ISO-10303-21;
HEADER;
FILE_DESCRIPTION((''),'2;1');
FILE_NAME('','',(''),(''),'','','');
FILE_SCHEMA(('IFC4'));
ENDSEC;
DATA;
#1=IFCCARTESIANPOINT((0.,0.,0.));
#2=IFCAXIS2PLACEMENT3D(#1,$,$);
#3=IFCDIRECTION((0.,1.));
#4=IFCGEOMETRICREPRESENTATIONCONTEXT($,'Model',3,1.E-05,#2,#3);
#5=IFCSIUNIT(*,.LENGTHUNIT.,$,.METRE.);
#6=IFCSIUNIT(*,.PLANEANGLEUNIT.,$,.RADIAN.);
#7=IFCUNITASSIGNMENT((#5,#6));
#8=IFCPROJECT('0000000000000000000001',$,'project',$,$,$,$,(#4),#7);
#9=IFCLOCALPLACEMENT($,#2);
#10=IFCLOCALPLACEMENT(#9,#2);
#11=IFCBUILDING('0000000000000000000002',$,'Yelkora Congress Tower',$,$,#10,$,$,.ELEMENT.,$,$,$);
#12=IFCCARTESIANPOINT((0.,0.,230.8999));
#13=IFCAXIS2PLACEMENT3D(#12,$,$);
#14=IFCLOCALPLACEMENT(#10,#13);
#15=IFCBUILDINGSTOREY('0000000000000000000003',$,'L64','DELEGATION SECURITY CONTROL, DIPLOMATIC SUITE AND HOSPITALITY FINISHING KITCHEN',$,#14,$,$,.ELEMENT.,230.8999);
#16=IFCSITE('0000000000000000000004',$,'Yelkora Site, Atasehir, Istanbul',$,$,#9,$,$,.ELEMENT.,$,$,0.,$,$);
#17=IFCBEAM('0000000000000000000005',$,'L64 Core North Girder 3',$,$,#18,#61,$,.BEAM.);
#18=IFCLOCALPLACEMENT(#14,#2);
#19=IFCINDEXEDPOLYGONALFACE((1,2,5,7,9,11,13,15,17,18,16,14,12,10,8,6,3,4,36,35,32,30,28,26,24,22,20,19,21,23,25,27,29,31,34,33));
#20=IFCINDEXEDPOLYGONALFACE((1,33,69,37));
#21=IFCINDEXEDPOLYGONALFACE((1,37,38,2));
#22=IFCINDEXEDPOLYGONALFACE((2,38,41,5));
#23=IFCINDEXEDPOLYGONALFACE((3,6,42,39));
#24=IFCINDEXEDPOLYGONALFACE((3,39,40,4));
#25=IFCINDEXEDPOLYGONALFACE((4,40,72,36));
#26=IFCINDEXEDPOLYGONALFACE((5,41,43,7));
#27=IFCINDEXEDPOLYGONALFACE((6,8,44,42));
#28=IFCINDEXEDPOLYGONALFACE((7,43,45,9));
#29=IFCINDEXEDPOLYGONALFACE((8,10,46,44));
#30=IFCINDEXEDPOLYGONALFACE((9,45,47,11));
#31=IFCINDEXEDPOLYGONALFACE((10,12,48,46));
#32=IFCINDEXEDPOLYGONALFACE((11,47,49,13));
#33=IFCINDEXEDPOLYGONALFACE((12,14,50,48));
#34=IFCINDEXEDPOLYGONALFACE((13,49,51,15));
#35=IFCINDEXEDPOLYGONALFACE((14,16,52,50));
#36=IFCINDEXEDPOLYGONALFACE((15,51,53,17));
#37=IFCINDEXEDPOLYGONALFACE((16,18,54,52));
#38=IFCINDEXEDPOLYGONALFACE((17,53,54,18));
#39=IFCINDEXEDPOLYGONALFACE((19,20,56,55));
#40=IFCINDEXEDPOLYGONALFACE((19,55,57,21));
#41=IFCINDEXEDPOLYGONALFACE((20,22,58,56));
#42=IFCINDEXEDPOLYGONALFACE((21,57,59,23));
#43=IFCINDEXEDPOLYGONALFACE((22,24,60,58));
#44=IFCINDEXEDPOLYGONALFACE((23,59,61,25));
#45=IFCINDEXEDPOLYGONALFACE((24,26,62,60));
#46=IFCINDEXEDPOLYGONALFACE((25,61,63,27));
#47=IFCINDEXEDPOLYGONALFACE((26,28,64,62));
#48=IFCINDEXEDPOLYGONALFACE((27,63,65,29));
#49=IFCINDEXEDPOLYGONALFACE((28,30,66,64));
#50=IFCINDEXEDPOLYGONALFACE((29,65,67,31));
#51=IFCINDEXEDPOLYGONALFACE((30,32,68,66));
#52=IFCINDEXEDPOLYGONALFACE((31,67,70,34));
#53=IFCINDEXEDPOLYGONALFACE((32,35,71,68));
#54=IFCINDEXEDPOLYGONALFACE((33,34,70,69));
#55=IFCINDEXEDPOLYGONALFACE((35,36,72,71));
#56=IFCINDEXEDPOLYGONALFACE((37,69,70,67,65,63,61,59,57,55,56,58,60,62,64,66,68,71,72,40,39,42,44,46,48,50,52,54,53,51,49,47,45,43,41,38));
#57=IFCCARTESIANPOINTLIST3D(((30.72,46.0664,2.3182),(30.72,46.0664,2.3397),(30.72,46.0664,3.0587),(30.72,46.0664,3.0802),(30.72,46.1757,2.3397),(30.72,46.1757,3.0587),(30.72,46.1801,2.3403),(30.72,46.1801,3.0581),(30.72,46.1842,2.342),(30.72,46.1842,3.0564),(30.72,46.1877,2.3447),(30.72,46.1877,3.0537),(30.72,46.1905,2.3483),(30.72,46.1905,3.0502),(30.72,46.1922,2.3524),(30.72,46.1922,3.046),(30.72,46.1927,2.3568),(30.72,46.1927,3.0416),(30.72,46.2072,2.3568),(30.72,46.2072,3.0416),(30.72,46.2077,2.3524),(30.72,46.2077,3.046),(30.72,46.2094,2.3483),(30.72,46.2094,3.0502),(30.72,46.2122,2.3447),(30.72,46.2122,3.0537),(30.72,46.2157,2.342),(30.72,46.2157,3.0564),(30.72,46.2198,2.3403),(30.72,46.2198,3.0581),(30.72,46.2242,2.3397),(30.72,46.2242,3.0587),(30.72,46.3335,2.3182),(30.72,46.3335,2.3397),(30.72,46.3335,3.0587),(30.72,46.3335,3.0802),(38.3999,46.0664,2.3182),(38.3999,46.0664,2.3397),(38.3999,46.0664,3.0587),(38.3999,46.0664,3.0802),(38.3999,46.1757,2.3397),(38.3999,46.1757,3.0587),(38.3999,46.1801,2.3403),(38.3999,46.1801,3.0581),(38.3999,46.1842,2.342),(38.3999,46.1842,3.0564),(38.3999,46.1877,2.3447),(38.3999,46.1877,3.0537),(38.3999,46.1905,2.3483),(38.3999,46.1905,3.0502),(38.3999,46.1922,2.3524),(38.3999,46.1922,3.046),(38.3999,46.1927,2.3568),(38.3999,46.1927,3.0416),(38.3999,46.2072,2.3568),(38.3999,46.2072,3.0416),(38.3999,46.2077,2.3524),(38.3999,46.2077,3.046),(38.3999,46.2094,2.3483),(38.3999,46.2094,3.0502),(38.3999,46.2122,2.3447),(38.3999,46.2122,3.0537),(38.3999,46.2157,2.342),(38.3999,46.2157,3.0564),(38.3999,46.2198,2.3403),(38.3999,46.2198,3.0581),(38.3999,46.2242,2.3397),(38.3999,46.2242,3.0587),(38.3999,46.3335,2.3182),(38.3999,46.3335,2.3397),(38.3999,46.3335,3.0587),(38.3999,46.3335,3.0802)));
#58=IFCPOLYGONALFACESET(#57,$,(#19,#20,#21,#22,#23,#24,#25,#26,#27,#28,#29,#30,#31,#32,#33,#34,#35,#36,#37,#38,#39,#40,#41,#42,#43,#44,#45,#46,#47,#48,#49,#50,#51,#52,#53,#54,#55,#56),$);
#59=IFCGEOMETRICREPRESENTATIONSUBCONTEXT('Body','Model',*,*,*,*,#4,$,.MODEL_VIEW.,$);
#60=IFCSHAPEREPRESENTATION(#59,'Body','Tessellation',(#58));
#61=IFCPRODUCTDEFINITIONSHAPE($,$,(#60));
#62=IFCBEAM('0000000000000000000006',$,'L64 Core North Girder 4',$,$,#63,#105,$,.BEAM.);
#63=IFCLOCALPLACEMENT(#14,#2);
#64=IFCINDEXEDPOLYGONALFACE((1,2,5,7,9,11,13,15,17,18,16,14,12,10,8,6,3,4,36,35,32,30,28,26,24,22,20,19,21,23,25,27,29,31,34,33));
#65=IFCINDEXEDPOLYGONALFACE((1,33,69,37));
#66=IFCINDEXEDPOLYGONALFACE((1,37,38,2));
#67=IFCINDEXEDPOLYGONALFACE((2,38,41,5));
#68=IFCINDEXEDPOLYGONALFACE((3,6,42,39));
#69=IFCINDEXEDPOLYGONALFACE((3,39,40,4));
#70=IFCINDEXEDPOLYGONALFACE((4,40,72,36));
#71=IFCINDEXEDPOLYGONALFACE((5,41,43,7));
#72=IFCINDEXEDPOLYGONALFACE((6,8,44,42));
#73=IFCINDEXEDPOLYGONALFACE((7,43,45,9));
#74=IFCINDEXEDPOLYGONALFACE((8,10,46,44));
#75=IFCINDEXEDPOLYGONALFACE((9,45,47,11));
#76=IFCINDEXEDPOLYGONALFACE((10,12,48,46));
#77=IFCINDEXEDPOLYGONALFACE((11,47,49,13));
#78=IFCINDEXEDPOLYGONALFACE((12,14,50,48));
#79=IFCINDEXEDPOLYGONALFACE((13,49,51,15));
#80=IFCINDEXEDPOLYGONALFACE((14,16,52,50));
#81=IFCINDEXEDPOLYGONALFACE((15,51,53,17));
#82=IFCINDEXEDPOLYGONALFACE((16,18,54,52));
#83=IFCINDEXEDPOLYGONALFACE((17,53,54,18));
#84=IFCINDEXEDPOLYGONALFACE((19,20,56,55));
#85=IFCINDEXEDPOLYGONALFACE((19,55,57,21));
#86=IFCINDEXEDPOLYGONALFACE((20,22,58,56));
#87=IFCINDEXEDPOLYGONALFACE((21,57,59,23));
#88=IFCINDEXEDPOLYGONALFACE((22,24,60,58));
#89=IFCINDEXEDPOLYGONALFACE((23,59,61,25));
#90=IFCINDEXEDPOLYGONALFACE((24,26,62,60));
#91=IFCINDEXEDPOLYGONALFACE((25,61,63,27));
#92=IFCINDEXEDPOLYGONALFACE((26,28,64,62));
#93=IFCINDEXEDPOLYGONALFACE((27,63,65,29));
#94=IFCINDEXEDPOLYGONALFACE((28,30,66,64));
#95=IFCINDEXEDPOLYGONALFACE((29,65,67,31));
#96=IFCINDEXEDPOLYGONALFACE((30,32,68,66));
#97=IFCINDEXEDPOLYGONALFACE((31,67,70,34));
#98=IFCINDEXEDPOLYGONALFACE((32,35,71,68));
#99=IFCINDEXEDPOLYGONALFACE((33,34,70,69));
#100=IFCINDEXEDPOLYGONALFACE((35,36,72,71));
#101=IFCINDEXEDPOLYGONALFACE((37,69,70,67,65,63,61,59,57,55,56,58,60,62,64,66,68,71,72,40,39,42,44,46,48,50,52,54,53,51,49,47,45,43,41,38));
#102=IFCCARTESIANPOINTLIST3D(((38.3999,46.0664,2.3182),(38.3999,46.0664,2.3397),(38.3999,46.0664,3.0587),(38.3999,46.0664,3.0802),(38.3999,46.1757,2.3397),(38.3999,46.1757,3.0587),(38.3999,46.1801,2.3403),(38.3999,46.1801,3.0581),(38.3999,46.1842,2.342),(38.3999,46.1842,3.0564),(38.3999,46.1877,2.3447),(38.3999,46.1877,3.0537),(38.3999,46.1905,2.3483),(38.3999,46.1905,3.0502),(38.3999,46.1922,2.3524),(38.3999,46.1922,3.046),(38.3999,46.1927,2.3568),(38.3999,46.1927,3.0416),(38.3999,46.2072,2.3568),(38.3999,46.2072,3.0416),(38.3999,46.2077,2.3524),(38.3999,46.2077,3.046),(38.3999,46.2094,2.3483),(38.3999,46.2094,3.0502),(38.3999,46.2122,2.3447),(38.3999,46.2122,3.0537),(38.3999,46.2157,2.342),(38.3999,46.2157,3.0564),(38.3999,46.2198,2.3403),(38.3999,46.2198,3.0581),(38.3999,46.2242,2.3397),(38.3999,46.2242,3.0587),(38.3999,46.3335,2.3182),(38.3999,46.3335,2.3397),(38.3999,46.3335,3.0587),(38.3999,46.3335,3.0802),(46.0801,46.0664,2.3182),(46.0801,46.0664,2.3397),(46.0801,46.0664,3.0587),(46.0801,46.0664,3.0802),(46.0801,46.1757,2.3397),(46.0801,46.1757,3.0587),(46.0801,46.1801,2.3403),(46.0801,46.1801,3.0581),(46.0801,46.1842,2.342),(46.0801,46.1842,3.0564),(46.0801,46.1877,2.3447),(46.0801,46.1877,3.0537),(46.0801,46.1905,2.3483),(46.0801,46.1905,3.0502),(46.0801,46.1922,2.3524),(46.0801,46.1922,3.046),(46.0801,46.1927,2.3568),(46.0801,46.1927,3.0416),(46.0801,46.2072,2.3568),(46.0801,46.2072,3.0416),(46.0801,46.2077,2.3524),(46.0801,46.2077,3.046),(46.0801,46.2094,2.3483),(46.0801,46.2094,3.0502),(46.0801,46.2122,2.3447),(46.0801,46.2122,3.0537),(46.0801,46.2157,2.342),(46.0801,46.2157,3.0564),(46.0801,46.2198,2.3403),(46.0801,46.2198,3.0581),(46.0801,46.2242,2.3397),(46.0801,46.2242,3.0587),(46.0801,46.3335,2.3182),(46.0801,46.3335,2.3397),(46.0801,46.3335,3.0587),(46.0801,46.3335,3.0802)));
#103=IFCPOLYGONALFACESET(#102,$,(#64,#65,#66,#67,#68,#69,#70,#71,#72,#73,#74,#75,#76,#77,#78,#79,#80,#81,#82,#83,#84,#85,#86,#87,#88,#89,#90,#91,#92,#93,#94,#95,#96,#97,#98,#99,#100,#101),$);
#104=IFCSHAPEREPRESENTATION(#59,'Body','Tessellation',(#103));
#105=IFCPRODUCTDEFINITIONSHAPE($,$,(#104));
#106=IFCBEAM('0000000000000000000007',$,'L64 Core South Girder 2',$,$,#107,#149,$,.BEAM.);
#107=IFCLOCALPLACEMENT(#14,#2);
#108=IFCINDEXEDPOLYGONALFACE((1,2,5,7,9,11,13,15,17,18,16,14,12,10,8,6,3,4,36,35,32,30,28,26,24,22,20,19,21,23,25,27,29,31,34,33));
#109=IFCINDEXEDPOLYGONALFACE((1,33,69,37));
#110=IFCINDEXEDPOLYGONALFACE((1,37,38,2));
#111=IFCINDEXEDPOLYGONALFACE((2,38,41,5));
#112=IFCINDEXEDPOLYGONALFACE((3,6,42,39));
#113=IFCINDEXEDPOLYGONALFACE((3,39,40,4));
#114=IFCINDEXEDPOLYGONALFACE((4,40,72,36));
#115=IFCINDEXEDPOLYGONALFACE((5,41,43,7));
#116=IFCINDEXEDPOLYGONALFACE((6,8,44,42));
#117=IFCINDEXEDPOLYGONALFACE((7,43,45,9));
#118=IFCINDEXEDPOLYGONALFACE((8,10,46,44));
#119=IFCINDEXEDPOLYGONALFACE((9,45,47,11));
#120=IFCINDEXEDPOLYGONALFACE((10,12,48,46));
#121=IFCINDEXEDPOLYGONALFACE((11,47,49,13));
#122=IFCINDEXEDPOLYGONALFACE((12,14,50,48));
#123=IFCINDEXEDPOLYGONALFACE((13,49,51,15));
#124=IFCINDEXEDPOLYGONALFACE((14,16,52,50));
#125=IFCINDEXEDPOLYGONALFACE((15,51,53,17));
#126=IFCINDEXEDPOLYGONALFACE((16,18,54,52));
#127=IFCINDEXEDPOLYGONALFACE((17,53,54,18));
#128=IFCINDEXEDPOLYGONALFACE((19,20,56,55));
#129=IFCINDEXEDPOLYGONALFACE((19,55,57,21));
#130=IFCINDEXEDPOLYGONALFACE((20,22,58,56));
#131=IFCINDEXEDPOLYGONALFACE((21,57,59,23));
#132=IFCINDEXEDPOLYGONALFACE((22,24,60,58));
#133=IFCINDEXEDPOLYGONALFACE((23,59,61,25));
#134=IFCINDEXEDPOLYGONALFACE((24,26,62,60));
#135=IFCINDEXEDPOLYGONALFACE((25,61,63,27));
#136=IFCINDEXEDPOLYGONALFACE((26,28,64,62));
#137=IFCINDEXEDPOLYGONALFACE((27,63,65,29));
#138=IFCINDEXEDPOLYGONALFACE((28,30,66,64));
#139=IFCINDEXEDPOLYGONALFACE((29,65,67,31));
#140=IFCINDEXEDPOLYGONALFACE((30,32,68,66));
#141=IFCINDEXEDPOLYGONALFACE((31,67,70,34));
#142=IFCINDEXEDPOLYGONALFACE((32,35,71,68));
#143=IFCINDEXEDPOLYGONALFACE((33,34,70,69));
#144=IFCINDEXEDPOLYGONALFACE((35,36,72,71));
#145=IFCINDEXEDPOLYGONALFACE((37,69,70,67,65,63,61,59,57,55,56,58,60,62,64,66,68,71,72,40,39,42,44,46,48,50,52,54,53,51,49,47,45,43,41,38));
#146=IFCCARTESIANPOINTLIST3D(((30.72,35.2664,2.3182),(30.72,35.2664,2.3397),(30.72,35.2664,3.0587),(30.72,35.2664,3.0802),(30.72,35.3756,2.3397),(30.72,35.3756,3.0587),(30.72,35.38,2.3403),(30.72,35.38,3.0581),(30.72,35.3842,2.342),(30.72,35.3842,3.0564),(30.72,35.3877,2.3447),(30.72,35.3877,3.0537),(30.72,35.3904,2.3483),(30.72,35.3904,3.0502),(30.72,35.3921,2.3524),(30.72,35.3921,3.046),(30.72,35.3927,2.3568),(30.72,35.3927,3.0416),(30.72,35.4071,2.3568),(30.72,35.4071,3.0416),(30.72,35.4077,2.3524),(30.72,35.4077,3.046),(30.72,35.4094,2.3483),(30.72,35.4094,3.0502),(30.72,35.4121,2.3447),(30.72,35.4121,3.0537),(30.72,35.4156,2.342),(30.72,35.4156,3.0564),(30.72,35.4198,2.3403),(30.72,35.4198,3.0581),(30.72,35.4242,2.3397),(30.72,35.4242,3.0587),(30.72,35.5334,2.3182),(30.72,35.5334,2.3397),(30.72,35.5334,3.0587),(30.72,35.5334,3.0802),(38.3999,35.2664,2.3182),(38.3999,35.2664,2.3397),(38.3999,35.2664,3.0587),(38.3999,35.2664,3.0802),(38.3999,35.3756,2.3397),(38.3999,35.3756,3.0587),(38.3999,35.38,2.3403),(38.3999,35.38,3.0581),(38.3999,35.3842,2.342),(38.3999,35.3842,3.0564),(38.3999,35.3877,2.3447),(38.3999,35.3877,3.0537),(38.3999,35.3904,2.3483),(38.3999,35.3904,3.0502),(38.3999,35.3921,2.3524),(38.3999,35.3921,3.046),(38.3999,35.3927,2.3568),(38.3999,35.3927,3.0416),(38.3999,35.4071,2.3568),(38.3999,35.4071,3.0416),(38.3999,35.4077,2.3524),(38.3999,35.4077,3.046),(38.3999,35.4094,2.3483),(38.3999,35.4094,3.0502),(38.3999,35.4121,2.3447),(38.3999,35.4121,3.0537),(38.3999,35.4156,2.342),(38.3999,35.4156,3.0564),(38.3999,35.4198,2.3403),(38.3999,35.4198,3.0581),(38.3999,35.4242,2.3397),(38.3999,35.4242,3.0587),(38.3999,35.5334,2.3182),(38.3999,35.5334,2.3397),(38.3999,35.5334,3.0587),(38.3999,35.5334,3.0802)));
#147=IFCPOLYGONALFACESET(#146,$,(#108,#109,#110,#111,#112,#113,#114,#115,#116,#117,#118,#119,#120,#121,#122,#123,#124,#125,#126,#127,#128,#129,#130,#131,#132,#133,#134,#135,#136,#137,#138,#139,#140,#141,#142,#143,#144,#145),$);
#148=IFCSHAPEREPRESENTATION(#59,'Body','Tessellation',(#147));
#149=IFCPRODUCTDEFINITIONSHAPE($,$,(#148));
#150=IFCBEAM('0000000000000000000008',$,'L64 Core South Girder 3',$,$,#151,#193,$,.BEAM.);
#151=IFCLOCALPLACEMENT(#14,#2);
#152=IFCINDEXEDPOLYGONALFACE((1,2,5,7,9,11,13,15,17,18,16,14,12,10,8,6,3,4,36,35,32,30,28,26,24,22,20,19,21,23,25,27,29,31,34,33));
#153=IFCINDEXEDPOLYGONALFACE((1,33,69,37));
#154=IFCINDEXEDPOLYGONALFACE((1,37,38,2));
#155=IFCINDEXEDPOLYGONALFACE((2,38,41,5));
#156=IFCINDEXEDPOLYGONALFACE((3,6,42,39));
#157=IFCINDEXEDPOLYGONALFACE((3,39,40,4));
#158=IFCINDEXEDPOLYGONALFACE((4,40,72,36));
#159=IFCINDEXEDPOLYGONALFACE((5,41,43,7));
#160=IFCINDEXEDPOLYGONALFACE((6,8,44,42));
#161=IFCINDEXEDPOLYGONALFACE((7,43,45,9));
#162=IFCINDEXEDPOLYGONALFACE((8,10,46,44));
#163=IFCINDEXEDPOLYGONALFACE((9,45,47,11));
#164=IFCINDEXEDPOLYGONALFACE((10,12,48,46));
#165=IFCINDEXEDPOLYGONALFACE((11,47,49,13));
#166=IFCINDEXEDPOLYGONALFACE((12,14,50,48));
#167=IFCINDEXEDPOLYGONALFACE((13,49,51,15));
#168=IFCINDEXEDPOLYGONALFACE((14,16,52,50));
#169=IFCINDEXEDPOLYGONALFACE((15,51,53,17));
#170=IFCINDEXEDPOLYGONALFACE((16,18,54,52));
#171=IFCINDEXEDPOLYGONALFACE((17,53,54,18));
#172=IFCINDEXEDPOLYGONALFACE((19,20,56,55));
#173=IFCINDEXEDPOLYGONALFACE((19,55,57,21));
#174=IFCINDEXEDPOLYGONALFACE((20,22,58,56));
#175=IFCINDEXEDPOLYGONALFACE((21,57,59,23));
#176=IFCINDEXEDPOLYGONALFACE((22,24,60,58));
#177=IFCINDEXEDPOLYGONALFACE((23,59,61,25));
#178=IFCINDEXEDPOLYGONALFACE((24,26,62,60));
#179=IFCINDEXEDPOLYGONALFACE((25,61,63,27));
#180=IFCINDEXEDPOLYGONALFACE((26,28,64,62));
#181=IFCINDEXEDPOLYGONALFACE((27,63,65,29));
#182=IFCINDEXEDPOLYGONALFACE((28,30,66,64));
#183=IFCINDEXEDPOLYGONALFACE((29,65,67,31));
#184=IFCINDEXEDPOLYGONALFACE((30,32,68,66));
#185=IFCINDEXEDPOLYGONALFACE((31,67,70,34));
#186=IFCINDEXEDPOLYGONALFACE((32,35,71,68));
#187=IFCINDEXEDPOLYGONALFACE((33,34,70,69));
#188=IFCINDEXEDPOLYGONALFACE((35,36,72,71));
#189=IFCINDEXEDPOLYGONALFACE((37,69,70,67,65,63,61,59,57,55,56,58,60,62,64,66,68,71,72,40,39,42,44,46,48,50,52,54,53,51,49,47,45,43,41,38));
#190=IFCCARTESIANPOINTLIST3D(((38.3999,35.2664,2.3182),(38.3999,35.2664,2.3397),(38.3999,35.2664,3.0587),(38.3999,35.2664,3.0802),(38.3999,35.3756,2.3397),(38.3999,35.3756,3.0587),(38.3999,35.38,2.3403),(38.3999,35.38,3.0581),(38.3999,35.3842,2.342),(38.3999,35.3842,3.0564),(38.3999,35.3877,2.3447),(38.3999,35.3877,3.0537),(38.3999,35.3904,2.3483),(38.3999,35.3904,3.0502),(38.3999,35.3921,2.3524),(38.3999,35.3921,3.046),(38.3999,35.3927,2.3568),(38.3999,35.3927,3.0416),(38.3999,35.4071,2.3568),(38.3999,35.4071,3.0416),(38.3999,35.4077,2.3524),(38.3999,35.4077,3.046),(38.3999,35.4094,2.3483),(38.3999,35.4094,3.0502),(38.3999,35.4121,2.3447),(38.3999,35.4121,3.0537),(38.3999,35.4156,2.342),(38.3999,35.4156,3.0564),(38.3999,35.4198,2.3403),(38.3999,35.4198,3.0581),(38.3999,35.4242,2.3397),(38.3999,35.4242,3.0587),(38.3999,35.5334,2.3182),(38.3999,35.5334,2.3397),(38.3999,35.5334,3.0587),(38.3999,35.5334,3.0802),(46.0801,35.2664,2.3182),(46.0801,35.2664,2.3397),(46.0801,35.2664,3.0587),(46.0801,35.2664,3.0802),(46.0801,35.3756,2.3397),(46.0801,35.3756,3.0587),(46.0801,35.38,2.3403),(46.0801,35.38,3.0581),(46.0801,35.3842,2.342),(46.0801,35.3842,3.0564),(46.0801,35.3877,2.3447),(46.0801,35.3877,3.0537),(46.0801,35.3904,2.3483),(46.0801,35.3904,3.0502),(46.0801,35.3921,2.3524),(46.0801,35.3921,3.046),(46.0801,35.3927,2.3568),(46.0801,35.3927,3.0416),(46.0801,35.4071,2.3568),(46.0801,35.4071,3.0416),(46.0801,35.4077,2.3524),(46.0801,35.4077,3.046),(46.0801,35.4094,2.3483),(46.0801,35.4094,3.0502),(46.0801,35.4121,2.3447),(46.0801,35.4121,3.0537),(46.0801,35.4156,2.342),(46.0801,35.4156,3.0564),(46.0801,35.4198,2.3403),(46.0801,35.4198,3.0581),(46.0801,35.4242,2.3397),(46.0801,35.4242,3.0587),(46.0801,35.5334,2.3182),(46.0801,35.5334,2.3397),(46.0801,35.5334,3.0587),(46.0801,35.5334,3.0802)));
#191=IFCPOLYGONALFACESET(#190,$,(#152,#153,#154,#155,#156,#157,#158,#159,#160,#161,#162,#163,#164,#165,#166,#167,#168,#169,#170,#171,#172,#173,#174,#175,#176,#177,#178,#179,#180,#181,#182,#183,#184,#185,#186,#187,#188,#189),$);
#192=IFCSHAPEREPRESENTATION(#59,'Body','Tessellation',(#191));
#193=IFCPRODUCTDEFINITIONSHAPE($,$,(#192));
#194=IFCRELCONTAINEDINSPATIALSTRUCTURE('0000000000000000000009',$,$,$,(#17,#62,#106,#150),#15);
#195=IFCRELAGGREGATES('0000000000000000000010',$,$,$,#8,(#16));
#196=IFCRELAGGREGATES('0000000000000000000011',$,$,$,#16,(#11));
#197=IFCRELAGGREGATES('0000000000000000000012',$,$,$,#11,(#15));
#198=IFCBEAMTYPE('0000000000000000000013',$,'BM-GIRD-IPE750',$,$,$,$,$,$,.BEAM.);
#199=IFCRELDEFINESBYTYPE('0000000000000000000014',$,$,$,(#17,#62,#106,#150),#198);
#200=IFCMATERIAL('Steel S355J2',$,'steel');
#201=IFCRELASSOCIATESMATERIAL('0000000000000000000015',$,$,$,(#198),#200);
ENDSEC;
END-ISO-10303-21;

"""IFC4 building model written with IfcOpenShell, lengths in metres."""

from ifc_helpers import new_model, si_unit, direction, frame, origin, origin_2d, place, context, subcontext, project, spatial, i_section, extrude, material, material_profile, profile_set, type_object, element, save


model = new_model("IFC4")

# Units and contexts
model_context = context("Model", 3, precision=1e-05, world=origin(), true_north=direction((0.0, 1.0)))
body_context = subcontext(model_context, "Body", "Model", "MODEL_VIEW")
ifc_project = project(units=[si_unit("LENGTHUNIT", "METRE"), si_unit("PLANEANGLEUNIT", "RADIAN")], contexts=[model_context])

# Site, building, storey
site_placement = place(None, origin())
site = spatial("IfcSite", under=ifc_project, at=site_placement, Name="Yelkora Site, Atasehir, Istanbul", CompositionType="ELEMENT", RefElevation=0.0)
building_placement = place(site_placement, origin())
building = spatial("IfcBuilding", under=site, at=building_placement, Name="Yelkora Congress Tower", CompositionType="ELEMENT")
storey_placement = place(building_placement, frame((0.0, 0.0, 230.8999)))
storey = spatial("IfcBuildingStorey", under=building, at=storey_placement, Name="L64", Description="DELEGATION SECURITY CONTROL, DIPLOMATIC SUITE AND HOSPITALITY FINISHING KITCHEN", CompositionType="ELEMENT", Elevation=230.8999)

# Beams
ifc_material_1 = material(Name="Steel S355J2", Category="steel")
ifc_material_profile_1 = material_profile(ifc_material_1, i_section(OverallWidth=0.2671, OverallDepth=0.762, WebThickness=0.0144, FlangeThickness=0.0215, FilletRadius=0.0171, at=origin_2d()), Name="IPE 750x173")
ifc_profile_set_1 = profile_set([ifc_material_profile_1], Name="Steel S355J2")
beam_type = type_object("IfcBeamType", Name="BM-GIRD-IPE750", PredefinedType="BEAM", material=ifc_profile_set_1)
beam_1_placement = place(storey_placement, frame((30.72, 46.2, 2.6992), z_axis=(1.0, 0.0, 0.0), x_axis=(0.0, 1.0, 0.0)))
element("IfcBeam", 1, at=beam_1_placement, inside=storey, type_object=beam_type, Name="L64 Core North Girder 3", PredefinedType="BEAM", context=body_context, shape_type="SweptSolid", body=[
    extrude(i_section(OverallWidth=0.2671, OverallDepth=0.762, WebThickness=0.0144, FlangeThickness=0.0215, FilletRadius=0.0171, at=origin_2d()), origin(), (0.0, 0.0, 1.0), 7.6799),
])
beam_2_placement = place(storey_placement, frame((38.3999, 46.2, 2.6992), z_axis=(1.0, 0.0, 0.0), x_axis=(0.0, 1.0, 0.0)))
element("IfcBeam", 2, at=beam_2_placement, inside=storey, type_object=beam_type, Name="L64 Core North Girder 4", PredefinedType="BEAM", context=body_context, shape_type="SweptSolid", body=[
    extrude(i_section(OverallWidth=0.2671, OverallDepth=0.762, WebThickness=0.0144, FlangeThickness=0.0215, FilletRadius=0.0171, at=origin_2d()), origin(), (0.0, 0.0, 1.0), 7.6802),
])
beam_3_placement = place(storey_placement, frame((30.72, 35.3999, 2.6992), z_axis=(1.0, 0.0, 0.0), x_axis=(0.0, 1.0, 0.0)))
element("IfcBeam", 3, at=beam_3_placement, inside=storey, type_object=beam_type, Name="L64 Core South Girder 2", PredefinedType="BEAM", context=body_context, shape_type="SweptSolid", body=[
    extrude(i_section(OverallWidth=0.2671, OverallDepth=0.762, WebThickness=0.0144, FlangeThickness=0.0215, FilletRadius=0.0171, at=origin_2d()), origin(), (0.0, 0.0, 1.0), 7.6799),
])
beam_4_placement = place(storey_placement, frame((38.3999, 35.3999, 2.6992), z_axis=(1.0, 0.0, 0.0), x_axis=(0.0, 1.0, 0.0)))
element("IfcBeam", 4, at=beam_4_placement, inside=storey, type_object=beam_type, Name="L64 Core South Girder 3", PredefinedType="BEAM", context=body_context, shape_type="SweptSolid", body=[
    extrude(i_section(OverallWidth=0.2671, OverallDepth=0.762, WebThickness=0.0144, FlangeThickness=0.0215, FilletRadius=0.0171, at=origin_2d()), origin(), (0.0, 0.0, 1.0), 7.6802),
])

save(model, "model.ifc")
